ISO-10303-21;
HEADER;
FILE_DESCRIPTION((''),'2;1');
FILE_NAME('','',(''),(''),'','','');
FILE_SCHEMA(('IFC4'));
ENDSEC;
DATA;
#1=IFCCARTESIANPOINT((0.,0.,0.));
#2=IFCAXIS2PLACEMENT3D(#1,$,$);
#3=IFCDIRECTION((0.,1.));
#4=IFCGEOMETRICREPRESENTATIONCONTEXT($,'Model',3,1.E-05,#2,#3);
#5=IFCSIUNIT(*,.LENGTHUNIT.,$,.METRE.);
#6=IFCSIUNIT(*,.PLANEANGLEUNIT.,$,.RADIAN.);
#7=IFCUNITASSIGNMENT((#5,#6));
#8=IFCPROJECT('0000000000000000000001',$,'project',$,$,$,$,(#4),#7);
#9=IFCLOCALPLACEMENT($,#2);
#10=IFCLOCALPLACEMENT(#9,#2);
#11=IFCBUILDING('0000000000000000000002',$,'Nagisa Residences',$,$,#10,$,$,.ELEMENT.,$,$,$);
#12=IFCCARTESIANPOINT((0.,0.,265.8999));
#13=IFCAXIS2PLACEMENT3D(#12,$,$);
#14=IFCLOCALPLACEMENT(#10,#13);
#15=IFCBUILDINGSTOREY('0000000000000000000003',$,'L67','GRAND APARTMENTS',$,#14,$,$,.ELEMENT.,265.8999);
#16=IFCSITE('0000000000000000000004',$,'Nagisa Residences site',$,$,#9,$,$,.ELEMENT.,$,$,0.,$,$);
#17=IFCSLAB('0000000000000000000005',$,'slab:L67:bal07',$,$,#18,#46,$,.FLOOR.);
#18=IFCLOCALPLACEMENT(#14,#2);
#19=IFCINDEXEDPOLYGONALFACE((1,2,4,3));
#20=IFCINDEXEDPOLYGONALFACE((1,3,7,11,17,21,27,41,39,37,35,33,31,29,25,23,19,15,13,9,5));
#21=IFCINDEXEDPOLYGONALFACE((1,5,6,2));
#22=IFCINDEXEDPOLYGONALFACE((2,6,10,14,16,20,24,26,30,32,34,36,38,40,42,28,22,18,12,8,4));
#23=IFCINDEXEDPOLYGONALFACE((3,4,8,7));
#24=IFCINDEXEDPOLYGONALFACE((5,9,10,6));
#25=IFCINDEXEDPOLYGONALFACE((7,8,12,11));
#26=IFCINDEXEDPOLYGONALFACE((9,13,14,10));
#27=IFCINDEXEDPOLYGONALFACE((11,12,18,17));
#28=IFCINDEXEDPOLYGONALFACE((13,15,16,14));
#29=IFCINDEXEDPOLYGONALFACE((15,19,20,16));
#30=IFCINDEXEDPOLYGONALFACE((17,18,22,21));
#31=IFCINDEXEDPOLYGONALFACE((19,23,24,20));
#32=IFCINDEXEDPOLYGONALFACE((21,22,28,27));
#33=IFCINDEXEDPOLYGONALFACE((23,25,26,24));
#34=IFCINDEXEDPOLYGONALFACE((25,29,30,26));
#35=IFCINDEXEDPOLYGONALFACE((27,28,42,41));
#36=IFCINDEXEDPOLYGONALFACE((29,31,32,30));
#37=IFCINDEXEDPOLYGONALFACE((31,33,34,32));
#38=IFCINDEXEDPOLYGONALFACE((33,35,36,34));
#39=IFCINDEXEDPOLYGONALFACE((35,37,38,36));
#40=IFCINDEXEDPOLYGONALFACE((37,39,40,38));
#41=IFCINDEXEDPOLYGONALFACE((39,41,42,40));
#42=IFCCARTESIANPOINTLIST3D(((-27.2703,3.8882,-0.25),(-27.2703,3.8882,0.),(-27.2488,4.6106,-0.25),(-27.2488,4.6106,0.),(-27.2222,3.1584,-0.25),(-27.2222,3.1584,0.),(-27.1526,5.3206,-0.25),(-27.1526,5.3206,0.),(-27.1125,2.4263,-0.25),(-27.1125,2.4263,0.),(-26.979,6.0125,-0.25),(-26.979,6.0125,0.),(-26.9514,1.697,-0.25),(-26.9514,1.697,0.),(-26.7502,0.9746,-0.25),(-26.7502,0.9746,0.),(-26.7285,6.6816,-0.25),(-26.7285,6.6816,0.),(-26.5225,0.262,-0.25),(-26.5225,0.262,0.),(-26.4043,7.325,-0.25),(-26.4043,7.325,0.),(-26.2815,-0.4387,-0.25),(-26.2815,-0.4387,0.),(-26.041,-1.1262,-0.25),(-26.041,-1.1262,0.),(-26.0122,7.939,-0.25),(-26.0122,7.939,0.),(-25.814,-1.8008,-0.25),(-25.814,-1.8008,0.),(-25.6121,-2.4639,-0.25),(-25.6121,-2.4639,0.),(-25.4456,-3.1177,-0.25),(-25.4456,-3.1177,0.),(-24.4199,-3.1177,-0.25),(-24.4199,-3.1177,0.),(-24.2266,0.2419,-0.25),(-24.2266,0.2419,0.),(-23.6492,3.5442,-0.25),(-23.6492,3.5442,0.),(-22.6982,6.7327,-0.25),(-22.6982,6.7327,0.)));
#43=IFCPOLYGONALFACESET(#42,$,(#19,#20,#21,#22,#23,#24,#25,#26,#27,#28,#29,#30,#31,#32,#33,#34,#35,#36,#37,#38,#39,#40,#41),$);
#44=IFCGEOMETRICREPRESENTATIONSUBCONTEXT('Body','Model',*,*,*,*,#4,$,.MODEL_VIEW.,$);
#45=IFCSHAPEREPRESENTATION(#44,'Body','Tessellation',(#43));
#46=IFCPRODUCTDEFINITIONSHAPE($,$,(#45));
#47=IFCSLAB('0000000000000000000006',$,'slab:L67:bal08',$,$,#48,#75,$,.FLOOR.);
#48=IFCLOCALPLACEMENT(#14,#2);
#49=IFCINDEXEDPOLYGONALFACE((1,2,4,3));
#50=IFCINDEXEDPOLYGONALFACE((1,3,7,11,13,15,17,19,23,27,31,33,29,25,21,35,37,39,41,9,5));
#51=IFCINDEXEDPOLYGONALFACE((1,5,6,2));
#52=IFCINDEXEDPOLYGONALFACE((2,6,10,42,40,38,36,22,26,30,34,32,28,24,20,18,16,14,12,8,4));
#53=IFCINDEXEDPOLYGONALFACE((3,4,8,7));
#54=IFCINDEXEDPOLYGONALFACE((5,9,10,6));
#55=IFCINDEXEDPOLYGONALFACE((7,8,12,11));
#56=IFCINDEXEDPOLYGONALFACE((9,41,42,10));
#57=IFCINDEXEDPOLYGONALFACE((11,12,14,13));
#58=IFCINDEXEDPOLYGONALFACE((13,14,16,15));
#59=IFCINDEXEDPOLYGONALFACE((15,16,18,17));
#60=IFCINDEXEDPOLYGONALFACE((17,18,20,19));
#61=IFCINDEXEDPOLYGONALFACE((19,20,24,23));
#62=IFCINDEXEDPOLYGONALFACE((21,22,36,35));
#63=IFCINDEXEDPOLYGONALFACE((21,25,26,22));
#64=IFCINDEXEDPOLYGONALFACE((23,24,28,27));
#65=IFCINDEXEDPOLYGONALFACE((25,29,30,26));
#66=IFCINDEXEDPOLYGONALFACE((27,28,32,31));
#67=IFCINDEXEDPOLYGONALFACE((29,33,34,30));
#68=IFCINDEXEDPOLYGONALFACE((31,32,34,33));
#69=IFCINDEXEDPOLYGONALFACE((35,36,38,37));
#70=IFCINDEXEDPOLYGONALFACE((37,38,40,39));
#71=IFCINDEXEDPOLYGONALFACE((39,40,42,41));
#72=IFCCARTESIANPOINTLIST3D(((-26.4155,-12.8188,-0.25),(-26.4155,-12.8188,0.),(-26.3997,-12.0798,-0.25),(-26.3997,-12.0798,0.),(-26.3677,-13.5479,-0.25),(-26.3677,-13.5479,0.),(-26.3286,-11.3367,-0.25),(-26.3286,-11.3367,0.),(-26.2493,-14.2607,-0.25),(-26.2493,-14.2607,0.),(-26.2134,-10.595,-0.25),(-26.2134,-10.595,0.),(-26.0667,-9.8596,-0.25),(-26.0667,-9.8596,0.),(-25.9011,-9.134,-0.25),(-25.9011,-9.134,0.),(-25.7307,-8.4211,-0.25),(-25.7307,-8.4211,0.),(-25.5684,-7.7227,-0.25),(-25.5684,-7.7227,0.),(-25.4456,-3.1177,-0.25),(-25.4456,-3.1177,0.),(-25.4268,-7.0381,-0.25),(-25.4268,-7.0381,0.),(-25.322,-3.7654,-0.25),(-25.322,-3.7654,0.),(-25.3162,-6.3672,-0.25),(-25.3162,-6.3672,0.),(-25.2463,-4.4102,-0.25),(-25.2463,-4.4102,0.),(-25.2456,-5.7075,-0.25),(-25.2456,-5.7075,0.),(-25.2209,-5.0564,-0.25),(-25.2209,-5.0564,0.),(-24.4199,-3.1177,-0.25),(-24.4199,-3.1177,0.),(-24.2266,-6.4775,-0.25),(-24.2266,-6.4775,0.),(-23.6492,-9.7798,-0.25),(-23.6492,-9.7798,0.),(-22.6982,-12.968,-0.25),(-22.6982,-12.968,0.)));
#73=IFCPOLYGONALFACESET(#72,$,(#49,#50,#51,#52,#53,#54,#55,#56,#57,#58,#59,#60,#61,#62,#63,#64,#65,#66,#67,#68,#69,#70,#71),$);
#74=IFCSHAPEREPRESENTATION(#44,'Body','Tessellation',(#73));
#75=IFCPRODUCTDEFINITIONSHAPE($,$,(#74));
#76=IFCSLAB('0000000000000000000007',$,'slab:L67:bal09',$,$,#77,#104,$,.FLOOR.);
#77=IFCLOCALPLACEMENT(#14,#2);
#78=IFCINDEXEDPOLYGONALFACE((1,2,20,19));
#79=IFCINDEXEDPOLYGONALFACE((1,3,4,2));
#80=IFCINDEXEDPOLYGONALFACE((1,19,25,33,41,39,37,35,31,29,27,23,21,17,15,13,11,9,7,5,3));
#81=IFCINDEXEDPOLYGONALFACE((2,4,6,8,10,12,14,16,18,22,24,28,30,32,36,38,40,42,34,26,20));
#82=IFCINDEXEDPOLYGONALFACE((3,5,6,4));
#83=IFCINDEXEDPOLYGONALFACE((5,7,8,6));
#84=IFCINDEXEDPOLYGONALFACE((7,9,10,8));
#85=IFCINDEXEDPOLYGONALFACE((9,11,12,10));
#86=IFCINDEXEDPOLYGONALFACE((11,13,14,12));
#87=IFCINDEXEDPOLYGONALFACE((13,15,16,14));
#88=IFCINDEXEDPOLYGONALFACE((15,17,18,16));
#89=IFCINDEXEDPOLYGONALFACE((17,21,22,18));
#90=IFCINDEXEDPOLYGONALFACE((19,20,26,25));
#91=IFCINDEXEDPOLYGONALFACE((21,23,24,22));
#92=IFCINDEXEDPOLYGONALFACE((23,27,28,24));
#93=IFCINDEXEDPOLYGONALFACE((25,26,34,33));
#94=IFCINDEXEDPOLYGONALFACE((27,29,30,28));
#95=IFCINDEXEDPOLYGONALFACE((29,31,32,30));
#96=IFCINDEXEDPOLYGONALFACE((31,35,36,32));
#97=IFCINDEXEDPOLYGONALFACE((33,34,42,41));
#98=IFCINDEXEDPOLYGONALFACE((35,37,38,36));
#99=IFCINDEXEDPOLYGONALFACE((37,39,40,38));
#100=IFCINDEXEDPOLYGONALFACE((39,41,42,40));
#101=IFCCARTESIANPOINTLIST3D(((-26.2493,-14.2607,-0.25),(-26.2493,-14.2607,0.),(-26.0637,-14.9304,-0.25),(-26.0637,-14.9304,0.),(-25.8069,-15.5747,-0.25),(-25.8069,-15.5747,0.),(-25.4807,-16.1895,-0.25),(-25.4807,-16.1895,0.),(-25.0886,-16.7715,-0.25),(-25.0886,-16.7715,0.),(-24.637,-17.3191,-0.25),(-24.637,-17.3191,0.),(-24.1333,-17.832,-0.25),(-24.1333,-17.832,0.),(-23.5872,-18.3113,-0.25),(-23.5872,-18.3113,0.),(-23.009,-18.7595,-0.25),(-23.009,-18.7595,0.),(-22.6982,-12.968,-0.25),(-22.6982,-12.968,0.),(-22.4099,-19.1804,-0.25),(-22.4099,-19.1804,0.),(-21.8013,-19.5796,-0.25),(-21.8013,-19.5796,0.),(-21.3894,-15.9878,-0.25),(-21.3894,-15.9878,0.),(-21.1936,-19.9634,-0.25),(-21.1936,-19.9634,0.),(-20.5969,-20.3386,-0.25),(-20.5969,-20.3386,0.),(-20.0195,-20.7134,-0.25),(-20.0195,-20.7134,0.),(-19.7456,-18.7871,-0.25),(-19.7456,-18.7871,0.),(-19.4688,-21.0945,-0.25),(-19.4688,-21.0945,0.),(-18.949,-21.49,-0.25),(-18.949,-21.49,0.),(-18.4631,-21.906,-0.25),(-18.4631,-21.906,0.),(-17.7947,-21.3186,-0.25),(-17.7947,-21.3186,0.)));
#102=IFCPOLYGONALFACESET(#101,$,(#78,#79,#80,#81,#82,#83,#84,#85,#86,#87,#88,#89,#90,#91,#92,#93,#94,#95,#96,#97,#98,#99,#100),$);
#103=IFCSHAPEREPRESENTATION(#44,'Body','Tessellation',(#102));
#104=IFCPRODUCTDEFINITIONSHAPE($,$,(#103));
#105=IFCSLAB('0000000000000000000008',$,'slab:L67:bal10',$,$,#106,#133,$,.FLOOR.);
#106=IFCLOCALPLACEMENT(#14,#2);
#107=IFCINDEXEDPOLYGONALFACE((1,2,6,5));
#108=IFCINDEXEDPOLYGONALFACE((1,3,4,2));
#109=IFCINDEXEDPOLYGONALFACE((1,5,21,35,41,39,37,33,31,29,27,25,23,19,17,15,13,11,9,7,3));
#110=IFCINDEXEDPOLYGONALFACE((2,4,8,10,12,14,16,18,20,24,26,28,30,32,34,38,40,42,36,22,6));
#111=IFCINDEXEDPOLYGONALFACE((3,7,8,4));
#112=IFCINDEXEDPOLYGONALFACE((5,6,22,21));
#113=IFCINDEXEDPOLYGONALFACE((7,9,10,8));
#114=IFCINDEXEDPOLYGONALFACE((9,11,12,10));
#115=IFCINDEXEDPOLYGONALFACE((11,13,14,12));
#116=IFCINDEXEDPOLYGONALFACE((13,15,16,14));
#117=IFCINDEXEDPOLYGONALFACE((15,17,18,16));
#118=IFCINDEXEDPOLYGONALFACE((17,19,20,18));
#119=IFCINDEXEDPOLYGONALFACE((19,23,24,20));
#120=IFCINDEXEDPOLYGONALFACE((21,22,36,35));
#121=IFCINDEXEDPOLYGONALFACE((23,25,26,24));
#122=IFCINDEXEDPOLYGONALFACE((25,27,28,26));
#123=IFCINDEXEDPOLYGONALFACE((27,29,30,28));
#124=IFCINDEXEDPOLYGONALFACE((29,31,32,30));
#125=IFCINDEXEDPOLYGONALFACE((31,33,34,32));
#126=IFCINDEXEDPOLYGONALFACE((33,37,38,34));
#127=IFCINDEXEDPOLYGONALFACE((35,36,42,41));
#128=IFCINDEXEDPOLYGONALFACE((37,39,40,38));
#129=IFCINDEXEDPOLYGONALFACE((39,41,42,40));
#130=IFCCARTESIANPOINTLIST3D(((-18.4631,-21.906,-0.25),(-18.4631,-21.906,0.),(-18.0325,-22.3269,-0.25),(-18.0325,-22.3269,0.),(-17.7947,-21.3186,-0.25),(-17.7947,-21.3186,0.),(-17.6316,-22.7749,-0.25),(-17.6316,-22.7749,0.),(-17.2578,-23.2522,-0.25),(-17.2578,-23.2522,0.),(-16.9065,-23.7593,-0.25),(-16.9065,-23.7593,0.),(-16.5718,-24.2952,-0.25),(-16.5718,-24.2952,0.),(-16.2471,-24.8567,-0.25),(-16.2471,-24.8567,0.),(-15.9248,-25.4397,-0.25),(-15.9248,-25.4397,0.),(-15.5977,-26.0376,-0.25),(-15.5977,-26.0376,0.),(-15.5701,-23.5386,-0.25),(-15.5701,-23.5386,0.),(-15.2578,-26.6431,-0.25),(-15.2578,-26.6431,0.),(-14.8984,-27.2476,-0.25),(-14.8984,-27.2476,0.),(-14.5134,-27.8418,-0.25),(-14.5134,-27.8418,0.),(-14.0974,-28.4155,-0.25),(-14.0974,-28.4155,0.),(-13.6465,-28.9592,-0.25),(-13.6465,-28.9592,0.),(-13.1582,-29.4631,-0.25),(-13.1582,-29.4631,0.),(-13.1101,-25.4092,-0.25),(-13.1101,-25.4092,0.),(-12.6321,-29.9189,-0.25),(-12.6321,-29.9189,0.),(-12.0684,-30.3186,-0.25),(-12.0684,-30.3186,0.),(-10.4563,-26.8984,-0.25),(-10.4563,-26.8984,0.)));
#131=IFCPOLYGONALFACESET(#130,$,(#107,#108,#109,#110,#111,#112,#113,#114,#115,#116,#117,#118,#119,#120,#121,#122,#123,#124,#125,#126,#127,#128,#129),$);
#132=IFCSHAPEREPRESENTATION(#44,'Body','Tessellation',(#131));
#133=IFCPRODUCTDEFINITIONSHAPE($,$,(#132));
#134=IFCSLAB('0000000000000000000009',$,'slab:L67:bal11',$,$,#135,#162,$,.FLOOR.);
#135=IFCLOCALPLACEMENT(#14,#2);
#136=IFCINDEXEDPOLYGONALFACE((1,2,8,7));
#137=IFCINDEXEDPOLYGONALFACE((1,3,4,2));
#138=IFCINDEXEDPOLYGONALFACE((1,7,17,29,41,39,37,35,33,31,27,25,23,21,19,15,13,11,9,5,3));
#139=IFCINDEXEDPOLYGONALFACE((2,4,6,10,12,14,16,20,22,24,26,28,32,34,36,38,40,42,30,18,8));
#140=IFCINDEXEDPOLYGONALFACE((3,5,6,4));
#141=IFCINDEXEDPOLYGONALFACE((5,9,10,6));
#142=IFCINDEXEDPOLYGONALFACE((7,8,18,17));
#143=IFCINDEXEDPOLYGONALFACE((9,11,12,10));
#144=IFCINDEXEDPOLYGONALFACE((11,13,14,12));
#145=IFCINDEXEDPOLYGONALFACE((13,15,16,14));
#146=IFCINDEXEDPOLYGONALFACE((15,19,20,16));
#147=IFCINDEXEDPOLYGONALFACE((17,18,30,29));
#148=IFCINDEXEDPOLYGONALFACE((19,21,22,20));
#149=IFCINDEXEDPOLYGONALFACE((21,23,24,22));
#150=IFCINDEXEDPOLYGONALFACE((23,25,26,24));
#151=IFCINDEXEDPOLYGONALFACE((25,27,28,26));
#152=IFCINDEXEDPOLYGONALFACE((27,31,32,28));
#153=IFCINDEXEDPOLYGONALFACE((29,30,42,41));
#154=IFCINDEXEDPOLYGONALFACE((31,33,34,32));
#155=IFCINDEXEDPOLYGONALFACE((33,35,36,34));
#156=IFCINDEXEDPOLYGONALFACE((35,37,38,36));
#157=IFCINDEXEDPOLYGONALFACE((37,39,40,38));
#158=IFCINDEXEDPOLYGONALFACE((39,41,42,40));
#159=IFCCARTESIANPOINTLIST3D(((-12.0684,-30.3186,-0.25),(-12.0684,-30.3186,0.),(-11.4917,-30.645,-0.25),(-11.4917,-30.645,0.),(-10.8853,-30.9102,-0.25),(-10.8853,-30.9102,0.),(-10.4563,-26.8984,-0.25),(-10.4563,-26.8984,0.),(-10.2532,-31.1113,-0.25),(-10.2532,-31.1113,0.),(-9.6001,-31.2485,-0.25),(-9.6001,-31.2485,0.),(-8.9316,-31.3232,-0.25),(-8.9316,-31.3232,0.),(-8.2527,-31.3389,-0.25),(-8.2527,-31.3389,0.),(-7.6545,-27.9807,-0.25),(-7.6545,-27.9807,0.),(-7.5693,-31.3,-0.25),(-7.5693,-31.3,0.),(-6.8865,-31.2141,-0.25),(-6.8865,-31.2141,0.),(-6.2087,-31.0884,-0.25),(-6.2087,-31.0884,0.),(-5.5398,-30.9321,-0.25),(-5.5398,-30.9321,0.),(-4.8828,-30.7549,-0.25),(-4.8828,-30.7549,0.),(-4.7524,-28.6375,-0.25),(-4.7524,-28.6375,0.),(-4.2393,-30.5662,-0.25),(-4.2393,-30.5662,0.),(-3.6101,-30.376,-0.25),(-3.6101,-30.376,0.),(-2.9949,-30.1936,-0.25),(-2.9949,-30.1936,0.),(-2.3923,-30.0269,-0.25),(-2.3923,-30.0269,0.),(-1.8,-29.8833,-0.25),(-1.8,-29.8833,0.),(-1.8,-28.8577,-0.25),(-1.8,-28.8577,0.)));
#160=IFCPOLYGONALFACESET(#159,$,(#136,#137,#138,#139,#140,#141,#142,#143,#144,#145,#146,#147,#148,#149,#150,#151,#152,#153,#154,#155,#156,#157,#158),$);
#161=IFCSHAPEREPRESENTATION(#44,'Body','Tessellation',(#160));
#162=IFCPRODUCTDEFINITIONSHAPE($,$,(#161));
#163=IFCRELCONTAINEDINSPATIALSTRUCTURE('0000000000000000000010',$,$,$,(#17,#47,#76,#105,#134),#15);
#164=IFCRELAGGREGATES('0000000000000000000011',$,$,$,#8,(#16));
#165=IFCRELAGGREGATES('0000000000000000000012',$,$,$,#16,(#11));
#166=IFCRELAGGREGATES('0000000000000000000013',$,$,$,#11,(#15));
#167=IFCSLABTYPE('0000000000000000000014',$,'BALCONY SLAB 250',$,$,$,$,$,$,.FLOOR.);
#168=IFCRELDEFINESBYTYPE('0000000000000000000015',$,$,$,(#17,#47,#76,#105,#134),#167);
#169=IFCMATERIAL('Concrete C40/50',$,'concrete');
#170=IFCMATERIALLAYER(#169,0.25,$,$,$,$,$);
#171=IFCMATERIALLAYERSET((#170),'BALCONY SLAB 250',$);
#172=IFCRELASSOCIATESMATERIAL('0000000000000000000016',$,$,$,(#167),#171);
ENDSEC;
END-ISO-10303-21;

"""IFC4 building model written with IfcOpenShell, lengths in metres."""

from ifc_helpers import new_model, si_unit, direction, frame, origin, place, context, subcontext, project, spatial, polyline, outline, extrude, material, layer, layer_set, type_object, element, save


model = new_model("IFC4")

# Units and contexts
model_context = context("Model", 3, precision=1e-05, world=origin(), true_north=direction((0.0, 1.0)))
body_context = subcontext(model_context, "Body", "Model", "MODEL_VIEW")
ifc_project = project(units=[si_unit("LENGTHUNIT", "METRE"), si_unit("PLANEANGLEUNIT", "RADIAN")], contexts=[model_context])

# Site, building, storey
site_placement = place(None, origin())
site = spatial("IfcSite", under=ifc_project, at=site_placement, Name="Nagisa Residences site", CompositionType="ELEMENT", RefElevation=0.0)
building_placement = place(site_placement, origin())
building = spatial("IfcBuilding", under=site, at=building_placement, Name="Nagisa Residences", CompositionType="ELEMENT")
storey_placement = place(building_placement, frame((0.0, 0.0, 265.8999)))
storey = spatial("IfcBuildingStorey", under=building, at=storey_placement, Name="L67", Description="GRAND APARTMENTS", CompositionType="ELEMENT", Elevation=265.8999)

# Slabs
ifc_material_1 = material(Name="Concrete C40/50", Category="concrete")
ifc_layer_1 = layer(ifc_material_1, 0.25)
ifc_layer_set_1 = layer_set([ifc_layer_1], Name="BALCONY SLAB 250")
slab_type = type_object("IfcSlabType", Name="BALCONY SLAB 250", PredefinedType="FLOOR", material=ifc_layer_set_1)
slab_1_placement = place(storey_placement, frame((0.0, 0.0, -0.25)))
element("IfcSlab", 1, at=slab_1_placement, inside=storey, type_object=slab_type, Name="slab:L67:bal07", PredefinedType="FLOOR", context=body_context, shape_type="SweptSolid", body=[
    extrude(outline(polyline([(-26.0122, 7.939), (-26.4043, 7.325), (-26.7285, 6.6816), (-26.979, 6.0125), (-27.1526, 5.3206), (-27.2488, 4.6106), (-27.2703, 3.8882), (-27.2222, 3.1584), (-27.1125, 2.4263), (-26.9514, 1.697), (-26.7502, 0.9746), (-26.5225, 0.262), (-26.2815, -0.4387), (-26.041, -1.1262), (-25.814, -1.8008), (-25.6121, -2.4639), (-25.4456, -3.1177), (-24.4199, -3.1177), (-24.2266, 0.2419), (-23.6492, 3.5442), (-22.6982, 6.7327), (-26.0122, 7.939)])), origin(), (0.0, 0.0, 1.0), 0.25),
])
slab_2_placement = place(storey_placement, frame((0.0, 0.0, -0.25)))
element("IfcSlab", 2, at=slab_2_placement, inside=storey, type_object=slab_type, Name="slab:L67:bal08", PredefinedType="FLOOR", context=body_context, shape_type="SweptSolid", body=[
    extrude(outline(polyline([(-25.4456, -3.1177), (-25.322, -3.7654), (-25.2463, -4.4102), (-25.2209, -5.0564), (-25.2456, -5.7075), (-25.3162, -6.3672), (-25.4268, -7.0381), (-25.5684, -7.7227), (-25.7307, -8.4211), (-25.9011, -9.134), (-26.0667, -9.8596), (-26.2134, -10.595), (-26.3286, -11.3367), (-26.3997, -12.0798), (-26.4155, -12.8188), (-26.3677, -13.5479), (-26.2493, -14.2607), (-22.6982, -12.968), (-23.6492, -9.7798), (-24.2266, -6.4775), (-24.4199, -3.1177), (-25.4456, -3.1177)])), origin(), (0.0, 0.0, 1.0), 0.25),
])
slab_3_placement = place(storey_placement, frame((0.0, 0.0, -0.25)))
element("IfcSlab", 3, at=slab_3_placement, inside=storey, type_object=slab_type, Name="slab:L67:bal09", PredefinedType="FLOOR", context=body_context, shape_type="SweptSolid", body=[
    extrude(outline(polyline([(-26.2493, -14.2607), (-26.0637, -14.9304), (-25.8069, -15.5747), (-25.4807, -16.1895), (-25.0886, -16.7715), (-24.637, -17.3191), (-24.1333, -17.832), (-23.5872, -18.3113), (-23.009, -18.7595), (-22.4099, -19.1804), (-21.8013, -19.5796), (-21.1936, -19.9634), (-20.5969, -20.3386), (-20.0195, -20.7134), (-19.4688, -21.0945), (-18.949, -21.49), (-18.4631, -21.906), (-17.7947, -21.3186), (-19.7456, -18.7871), (-21.3894, -15.9878), (-22.6982, -12.968), (-26.2493, -14.2607)])), origin(), (0.0, 0.0, 1.0), 0.25),
])
slab_4_placement = place(storey_placement, frame((0.0, 0.0, -0.25)))
element("IfcSlab", 4, at=slab_4_placement, inside=storey, type_object=slab_type, Name="slab:L67:bal10", PredefinedType="FLOOR", context=body_context, shape_type="SweptSolid", body=[
    extrude(outline(polyline([(-18.4631, -21.906), (-18.0325, -22.3269), (-17.6316, -22.7749), (-17.2578, -23.2522), (-16.9065, -23.7593), (-16.5718, -24.2952), (-16.2471, -24.8567), (-15.9248, -25.4397), (-15.5977, -26.0376), (-15.2578, -26.6431), (-14.8984, -27.2476), (-14.5134, -27.8418), (-14.0974, -28.4155), (-13.6465, -28.9592), (-13.1582, -29.4631), (-12.6321, -29.9189), (-12.0684, -30.3186), (-10.4563, -26.8984), (-13.1101, -25.4092), (-15.5701, -23.5386), (-17.7947, -21.3186), (-18.4631, -21.906)])), origin(), (0.0, 0.0, 1.0), 0.25),
])
slab_5_placement = place(storey_placement, frame((0.0, 0.0, -0.25)))
element("IfcSlab", 5, at=slab_5_placement, inside=storey, type_object=slab_type, Name="slab:L67:bal11", PredefinedType="FLOOR", context=body_context, shape_type="SweptSolid", body=[
    extrude(outline(polyline([(-12.0684, -30.3186), (-11.4917, -30.645), (-10.8853, -30.9102), (-10.2532, -31.1113), (-9.6001, -31.2485), (-8.9316, -31.3232), (-8.2527, -31.3389), (-7.5693, -31.3), (-6.8865, -31.2141), (-6.2087, -31.0884), (-5.5398, -30.9321), (-4.8828, -30.7549), (-4.2393, -30.5662), (-3.6101, -30.376), (-2.9949, -30.1936), (-2.3923, -30.0269), (-1.8, -29.8833), (-1.8, -28.8577), (-4.7524, -28.6375), (-7.6545, -27.9807), (-10.4563, -26.8984), (-12.0684, -30.3186)])), origin(), (0.0, 0.0, 1.0), 0.25),
])

save(model, "model.ifc")
